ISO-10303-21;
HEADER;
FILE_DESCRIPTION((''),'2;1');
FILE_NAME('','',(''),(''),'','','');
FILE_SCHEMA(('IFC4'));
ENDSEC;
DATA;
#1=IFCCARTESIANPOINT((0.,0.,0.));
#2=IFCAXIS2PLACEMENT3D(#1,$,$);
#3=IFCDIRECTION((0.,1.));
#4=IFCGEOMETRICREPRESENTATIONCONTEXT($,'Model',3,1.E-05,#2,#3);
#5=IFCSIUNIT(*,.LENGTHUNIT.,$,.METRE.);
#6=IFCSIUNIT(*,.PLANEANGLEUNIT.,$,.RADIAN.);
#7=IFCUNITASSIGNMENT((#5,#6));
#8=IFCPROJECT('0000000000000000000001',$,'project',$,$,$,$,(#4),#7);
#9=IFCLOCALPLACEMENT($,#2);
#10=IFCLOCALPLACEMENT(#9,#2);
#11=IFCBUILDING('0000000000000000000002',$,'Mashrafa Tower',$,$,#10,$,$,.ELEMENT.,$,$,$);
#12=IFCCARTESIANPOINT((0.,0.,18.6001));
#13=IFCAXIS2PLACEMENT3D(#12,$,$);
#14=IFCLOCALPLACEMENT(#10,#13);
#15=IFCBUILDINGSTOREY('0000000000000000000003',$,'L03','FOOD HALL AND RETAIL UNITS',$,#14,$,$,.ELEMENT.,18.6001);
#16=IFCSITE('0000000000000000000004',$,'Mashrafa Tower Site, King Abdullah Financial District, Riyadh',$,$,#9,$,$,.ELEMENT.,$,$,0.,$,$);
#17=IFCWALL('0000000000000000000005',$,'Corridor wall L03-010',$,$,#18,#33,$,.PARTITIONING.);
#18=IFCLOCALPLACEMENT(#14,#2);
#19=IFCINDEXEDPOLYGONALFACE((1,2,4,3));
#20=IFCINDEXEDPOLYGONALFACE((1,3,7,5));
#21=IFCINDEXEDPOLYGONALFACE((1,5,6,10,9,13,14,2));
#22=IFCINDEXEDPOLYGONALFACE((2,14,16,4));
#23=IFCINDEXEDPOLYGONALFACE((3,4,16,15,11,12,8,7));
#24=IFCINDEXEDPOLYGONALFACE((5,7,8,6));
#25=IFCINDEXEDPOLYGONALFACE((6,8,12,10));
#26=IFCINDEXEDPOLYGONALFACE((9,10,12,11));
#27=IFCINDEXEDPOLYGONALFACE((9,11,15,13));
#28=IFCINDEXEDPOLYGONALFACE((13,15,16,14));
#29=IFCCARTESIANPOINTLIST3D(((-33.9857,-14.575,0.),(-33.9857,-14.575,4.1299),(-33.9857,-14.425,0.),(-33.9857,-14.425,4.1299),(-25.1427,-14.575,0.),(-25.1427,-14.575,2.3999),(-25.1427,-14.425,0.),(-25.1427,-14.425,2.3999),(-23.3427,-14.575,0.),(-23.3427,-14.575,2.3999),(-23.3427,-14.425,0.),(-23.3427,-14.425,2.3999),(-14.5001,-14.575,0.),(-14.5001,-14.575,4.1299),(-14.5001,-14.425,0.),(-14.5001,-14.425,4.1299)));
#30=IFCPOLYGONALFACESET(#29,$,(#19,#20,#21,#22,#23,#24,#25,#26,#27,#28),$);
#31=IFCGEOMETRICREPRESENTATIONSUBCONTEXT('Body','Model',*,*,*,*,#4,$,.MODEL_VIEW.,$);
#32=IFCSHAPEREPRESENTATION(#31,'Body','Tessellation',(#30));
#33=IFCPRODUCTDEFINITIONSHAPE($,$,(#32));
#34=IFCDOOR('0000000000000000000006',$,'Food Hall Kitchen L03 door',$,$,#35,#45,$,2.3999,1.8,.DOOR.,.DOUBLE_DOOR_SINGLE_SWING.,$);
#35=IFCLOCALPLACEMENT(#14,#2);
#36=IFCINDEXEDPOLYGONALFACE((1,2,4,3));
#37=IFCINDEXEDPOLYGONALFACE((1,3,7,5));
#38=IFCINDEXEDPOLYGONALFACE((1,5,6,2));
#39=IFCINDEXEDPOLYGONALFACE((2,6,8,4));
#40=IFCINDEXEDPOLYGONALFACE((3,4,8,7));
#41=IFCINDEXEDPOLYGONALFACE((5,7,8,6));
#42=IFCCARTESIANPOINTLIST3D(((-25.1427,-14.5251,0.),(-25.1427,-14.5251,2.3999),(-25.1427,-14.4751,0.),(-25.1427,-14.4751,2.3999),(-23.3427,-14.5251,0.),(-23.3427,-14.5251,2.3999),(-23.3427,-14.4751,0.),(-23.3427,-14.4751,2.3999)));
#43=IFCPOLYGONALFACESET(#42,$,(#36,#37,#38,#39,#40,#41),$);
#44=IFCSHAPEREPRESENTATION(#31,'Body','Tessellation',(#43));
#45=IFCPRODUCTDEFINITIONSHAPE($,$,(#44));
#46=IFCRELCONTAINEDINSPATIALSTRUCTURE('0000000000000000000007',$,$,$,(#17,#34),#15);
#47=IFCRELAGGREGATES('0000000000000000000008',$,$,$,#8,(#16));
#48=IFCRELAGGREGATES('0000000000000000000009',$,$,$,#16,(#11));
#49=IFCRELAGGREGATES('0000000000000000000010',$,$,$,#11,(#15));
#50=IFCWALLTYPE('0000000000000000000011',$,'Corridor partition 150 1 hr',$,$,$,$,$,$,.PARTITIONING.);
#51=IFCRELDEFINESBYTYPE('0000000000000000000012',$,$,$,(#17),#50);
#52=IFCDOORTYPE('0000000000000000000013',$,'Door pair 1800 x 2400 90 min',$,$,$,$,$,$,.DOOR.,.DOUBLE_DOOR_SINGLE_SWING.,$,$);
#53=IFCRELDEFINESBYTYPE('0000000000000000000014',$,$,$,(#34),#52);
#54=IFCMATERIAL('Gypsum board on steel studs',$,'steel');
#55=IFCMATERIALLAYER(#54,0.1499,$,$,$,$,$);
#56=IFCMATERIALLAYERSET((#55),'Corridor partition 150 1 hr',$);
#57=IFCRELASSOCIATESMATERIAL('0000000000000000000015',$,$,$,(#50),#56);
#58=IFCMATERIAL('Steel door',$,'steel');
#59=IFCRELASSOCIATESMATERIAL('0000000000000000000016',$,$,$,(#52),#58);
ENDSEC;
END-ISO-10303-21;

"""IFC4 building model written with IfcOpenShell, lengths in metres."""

from ifc_helpers import new_model, si_unit, direction, frame, frame_2d, origin, place, context, subcontext, project, spatial, rectangle, extrude, material, layer, layer_set, type_object, element, fill, save


model = new_model("IFC4")

# Units and contexts
model_context = context("Model", 3, precision=1e-05, world=origin(), true_north=direction((0.0, 1.0)))
body_context = subcontext(model_context, "Body", "Model", "MODEL_VIEW")
ifc_project = project(units=[si_unit("LENGTHUNIT", "METRE"), si_unit("PLANEANGLEUNIT", "RADIAN")], contexts=[model_context])

# Site, building, storey
site_placement = place(None, origin())
site = spatial("IfcSite", under=ifc_project, at=site_placement, Name="Mashrafa Tower Site, King Abdullah Financial District, Riyadh", CompositionType="ELEMENT", RefElevation=0.0)
building_placement = place(site_placement, origin())
building = spatial("IfcBuilding", under=site, at=building_placement, Name="Mashrafa Tower", CompositionType="ELEMENT")
storey_placement = place(building_placement, frame((0.0, 0.0, 18.6001)))
storey = spatial("IfcBuildingStorey", under=building, at=storey_placement, Name="L03", Description="FOOD HALL AND RETAIL UNITS", CompositionType="ELEMENT", Elevation=18.6001)

# Wall, opening, door
ifc_material_1 = material(Name="Gypsum board on steel studs", Category="steel")
ifc_layer_1 = layer(ifc_material_1, 0.1499)
ifc_layer_set_1 = layer_set([ifc_layer_1], Name="Corridor partition 150 1 hr")
wall_type_1 = type_object("IfcWallType", Name="Corridor partition 150 1 hr", PredefinedType="PARTITIONING", material=ifc_layer_set_1)
wall_1_placement = place(storey_placement, frame((-33.9856, -14.5, 0.0), z_axis=(0.0, 0.0, 1.0), x_axis=(1.0, 0.0, 0.0)))
wall_1 = element("IfcWall", 1, at=wall_1_placement, inside=storey, type_object=wall_type_1, Name="Corridor wall L03-010", PredefinedType="PARTITIONING", context=body_context, shape_type="SweptSolid", body=[
    extrude(rectangle(XDim=19.4856, YDim=0.1499, at=frame_2d((9.7427, 0.0))), origin(), (0.0, 0.0, 1.0), 4.1299),
])
opening_1_placement = place(wall_1_placement, frame((8.843, 0.0, 0.0)))
opening_1 = element("IfcOpeningElement", 2, at=opening_1_placement, cuts=wall_1, PredefinedType="OPENING", context=body_context, shape_type="SweptSolid", body=[
    extrude(rectangle(XDim=1.8, YDim=2.3999, at=frame_2d((0.8999, 1.2))), frame((0.0, 0.085, 0.0), z_axis=(0.0, -1.0, 0.0), x_axis=(1.0, 0.0, 0.0)), (0.0, 0.0, 1.0), 0.1699),
])
ifc_material_2 = material(Name="Steel door", Category="steel")
door_type = type_object("IfcDoorType", Name="Door pair 1800 x 2400 90 min", OperationType="DOUBLE_DOOR_SINGLE_SWING", PredefinedType="DOOR", material=ifc_material_2)
door_placement = place(opening_1_placement, origin())
door = element("IfcDoor", 3, at=door_placement, inside=storey, type_object=door_type, Name="Food Hall Kitchen L03 door", OperationType="DOUBLE_DOOR_SINGLE_SWING", OverallHeight=2.3999, OverallWidth=1.8, PredefinedType="DOOR", context=body_context, shape_type="SweptSolid", body=[
    extrude(rectangle(XDim=1.8, YDim=2.3999, at=frame_2d((0.8999, 1.2))), frame((0.0, 0.0249, 0.0), z_axis=(0.0, -1.0, 0.0), x_axis=(1.0, 0.0, 0.0)), (0.0, 0.0, 1.0), 0.05),
])
fill(opening_1, door)

save(model, "model.ifc")
